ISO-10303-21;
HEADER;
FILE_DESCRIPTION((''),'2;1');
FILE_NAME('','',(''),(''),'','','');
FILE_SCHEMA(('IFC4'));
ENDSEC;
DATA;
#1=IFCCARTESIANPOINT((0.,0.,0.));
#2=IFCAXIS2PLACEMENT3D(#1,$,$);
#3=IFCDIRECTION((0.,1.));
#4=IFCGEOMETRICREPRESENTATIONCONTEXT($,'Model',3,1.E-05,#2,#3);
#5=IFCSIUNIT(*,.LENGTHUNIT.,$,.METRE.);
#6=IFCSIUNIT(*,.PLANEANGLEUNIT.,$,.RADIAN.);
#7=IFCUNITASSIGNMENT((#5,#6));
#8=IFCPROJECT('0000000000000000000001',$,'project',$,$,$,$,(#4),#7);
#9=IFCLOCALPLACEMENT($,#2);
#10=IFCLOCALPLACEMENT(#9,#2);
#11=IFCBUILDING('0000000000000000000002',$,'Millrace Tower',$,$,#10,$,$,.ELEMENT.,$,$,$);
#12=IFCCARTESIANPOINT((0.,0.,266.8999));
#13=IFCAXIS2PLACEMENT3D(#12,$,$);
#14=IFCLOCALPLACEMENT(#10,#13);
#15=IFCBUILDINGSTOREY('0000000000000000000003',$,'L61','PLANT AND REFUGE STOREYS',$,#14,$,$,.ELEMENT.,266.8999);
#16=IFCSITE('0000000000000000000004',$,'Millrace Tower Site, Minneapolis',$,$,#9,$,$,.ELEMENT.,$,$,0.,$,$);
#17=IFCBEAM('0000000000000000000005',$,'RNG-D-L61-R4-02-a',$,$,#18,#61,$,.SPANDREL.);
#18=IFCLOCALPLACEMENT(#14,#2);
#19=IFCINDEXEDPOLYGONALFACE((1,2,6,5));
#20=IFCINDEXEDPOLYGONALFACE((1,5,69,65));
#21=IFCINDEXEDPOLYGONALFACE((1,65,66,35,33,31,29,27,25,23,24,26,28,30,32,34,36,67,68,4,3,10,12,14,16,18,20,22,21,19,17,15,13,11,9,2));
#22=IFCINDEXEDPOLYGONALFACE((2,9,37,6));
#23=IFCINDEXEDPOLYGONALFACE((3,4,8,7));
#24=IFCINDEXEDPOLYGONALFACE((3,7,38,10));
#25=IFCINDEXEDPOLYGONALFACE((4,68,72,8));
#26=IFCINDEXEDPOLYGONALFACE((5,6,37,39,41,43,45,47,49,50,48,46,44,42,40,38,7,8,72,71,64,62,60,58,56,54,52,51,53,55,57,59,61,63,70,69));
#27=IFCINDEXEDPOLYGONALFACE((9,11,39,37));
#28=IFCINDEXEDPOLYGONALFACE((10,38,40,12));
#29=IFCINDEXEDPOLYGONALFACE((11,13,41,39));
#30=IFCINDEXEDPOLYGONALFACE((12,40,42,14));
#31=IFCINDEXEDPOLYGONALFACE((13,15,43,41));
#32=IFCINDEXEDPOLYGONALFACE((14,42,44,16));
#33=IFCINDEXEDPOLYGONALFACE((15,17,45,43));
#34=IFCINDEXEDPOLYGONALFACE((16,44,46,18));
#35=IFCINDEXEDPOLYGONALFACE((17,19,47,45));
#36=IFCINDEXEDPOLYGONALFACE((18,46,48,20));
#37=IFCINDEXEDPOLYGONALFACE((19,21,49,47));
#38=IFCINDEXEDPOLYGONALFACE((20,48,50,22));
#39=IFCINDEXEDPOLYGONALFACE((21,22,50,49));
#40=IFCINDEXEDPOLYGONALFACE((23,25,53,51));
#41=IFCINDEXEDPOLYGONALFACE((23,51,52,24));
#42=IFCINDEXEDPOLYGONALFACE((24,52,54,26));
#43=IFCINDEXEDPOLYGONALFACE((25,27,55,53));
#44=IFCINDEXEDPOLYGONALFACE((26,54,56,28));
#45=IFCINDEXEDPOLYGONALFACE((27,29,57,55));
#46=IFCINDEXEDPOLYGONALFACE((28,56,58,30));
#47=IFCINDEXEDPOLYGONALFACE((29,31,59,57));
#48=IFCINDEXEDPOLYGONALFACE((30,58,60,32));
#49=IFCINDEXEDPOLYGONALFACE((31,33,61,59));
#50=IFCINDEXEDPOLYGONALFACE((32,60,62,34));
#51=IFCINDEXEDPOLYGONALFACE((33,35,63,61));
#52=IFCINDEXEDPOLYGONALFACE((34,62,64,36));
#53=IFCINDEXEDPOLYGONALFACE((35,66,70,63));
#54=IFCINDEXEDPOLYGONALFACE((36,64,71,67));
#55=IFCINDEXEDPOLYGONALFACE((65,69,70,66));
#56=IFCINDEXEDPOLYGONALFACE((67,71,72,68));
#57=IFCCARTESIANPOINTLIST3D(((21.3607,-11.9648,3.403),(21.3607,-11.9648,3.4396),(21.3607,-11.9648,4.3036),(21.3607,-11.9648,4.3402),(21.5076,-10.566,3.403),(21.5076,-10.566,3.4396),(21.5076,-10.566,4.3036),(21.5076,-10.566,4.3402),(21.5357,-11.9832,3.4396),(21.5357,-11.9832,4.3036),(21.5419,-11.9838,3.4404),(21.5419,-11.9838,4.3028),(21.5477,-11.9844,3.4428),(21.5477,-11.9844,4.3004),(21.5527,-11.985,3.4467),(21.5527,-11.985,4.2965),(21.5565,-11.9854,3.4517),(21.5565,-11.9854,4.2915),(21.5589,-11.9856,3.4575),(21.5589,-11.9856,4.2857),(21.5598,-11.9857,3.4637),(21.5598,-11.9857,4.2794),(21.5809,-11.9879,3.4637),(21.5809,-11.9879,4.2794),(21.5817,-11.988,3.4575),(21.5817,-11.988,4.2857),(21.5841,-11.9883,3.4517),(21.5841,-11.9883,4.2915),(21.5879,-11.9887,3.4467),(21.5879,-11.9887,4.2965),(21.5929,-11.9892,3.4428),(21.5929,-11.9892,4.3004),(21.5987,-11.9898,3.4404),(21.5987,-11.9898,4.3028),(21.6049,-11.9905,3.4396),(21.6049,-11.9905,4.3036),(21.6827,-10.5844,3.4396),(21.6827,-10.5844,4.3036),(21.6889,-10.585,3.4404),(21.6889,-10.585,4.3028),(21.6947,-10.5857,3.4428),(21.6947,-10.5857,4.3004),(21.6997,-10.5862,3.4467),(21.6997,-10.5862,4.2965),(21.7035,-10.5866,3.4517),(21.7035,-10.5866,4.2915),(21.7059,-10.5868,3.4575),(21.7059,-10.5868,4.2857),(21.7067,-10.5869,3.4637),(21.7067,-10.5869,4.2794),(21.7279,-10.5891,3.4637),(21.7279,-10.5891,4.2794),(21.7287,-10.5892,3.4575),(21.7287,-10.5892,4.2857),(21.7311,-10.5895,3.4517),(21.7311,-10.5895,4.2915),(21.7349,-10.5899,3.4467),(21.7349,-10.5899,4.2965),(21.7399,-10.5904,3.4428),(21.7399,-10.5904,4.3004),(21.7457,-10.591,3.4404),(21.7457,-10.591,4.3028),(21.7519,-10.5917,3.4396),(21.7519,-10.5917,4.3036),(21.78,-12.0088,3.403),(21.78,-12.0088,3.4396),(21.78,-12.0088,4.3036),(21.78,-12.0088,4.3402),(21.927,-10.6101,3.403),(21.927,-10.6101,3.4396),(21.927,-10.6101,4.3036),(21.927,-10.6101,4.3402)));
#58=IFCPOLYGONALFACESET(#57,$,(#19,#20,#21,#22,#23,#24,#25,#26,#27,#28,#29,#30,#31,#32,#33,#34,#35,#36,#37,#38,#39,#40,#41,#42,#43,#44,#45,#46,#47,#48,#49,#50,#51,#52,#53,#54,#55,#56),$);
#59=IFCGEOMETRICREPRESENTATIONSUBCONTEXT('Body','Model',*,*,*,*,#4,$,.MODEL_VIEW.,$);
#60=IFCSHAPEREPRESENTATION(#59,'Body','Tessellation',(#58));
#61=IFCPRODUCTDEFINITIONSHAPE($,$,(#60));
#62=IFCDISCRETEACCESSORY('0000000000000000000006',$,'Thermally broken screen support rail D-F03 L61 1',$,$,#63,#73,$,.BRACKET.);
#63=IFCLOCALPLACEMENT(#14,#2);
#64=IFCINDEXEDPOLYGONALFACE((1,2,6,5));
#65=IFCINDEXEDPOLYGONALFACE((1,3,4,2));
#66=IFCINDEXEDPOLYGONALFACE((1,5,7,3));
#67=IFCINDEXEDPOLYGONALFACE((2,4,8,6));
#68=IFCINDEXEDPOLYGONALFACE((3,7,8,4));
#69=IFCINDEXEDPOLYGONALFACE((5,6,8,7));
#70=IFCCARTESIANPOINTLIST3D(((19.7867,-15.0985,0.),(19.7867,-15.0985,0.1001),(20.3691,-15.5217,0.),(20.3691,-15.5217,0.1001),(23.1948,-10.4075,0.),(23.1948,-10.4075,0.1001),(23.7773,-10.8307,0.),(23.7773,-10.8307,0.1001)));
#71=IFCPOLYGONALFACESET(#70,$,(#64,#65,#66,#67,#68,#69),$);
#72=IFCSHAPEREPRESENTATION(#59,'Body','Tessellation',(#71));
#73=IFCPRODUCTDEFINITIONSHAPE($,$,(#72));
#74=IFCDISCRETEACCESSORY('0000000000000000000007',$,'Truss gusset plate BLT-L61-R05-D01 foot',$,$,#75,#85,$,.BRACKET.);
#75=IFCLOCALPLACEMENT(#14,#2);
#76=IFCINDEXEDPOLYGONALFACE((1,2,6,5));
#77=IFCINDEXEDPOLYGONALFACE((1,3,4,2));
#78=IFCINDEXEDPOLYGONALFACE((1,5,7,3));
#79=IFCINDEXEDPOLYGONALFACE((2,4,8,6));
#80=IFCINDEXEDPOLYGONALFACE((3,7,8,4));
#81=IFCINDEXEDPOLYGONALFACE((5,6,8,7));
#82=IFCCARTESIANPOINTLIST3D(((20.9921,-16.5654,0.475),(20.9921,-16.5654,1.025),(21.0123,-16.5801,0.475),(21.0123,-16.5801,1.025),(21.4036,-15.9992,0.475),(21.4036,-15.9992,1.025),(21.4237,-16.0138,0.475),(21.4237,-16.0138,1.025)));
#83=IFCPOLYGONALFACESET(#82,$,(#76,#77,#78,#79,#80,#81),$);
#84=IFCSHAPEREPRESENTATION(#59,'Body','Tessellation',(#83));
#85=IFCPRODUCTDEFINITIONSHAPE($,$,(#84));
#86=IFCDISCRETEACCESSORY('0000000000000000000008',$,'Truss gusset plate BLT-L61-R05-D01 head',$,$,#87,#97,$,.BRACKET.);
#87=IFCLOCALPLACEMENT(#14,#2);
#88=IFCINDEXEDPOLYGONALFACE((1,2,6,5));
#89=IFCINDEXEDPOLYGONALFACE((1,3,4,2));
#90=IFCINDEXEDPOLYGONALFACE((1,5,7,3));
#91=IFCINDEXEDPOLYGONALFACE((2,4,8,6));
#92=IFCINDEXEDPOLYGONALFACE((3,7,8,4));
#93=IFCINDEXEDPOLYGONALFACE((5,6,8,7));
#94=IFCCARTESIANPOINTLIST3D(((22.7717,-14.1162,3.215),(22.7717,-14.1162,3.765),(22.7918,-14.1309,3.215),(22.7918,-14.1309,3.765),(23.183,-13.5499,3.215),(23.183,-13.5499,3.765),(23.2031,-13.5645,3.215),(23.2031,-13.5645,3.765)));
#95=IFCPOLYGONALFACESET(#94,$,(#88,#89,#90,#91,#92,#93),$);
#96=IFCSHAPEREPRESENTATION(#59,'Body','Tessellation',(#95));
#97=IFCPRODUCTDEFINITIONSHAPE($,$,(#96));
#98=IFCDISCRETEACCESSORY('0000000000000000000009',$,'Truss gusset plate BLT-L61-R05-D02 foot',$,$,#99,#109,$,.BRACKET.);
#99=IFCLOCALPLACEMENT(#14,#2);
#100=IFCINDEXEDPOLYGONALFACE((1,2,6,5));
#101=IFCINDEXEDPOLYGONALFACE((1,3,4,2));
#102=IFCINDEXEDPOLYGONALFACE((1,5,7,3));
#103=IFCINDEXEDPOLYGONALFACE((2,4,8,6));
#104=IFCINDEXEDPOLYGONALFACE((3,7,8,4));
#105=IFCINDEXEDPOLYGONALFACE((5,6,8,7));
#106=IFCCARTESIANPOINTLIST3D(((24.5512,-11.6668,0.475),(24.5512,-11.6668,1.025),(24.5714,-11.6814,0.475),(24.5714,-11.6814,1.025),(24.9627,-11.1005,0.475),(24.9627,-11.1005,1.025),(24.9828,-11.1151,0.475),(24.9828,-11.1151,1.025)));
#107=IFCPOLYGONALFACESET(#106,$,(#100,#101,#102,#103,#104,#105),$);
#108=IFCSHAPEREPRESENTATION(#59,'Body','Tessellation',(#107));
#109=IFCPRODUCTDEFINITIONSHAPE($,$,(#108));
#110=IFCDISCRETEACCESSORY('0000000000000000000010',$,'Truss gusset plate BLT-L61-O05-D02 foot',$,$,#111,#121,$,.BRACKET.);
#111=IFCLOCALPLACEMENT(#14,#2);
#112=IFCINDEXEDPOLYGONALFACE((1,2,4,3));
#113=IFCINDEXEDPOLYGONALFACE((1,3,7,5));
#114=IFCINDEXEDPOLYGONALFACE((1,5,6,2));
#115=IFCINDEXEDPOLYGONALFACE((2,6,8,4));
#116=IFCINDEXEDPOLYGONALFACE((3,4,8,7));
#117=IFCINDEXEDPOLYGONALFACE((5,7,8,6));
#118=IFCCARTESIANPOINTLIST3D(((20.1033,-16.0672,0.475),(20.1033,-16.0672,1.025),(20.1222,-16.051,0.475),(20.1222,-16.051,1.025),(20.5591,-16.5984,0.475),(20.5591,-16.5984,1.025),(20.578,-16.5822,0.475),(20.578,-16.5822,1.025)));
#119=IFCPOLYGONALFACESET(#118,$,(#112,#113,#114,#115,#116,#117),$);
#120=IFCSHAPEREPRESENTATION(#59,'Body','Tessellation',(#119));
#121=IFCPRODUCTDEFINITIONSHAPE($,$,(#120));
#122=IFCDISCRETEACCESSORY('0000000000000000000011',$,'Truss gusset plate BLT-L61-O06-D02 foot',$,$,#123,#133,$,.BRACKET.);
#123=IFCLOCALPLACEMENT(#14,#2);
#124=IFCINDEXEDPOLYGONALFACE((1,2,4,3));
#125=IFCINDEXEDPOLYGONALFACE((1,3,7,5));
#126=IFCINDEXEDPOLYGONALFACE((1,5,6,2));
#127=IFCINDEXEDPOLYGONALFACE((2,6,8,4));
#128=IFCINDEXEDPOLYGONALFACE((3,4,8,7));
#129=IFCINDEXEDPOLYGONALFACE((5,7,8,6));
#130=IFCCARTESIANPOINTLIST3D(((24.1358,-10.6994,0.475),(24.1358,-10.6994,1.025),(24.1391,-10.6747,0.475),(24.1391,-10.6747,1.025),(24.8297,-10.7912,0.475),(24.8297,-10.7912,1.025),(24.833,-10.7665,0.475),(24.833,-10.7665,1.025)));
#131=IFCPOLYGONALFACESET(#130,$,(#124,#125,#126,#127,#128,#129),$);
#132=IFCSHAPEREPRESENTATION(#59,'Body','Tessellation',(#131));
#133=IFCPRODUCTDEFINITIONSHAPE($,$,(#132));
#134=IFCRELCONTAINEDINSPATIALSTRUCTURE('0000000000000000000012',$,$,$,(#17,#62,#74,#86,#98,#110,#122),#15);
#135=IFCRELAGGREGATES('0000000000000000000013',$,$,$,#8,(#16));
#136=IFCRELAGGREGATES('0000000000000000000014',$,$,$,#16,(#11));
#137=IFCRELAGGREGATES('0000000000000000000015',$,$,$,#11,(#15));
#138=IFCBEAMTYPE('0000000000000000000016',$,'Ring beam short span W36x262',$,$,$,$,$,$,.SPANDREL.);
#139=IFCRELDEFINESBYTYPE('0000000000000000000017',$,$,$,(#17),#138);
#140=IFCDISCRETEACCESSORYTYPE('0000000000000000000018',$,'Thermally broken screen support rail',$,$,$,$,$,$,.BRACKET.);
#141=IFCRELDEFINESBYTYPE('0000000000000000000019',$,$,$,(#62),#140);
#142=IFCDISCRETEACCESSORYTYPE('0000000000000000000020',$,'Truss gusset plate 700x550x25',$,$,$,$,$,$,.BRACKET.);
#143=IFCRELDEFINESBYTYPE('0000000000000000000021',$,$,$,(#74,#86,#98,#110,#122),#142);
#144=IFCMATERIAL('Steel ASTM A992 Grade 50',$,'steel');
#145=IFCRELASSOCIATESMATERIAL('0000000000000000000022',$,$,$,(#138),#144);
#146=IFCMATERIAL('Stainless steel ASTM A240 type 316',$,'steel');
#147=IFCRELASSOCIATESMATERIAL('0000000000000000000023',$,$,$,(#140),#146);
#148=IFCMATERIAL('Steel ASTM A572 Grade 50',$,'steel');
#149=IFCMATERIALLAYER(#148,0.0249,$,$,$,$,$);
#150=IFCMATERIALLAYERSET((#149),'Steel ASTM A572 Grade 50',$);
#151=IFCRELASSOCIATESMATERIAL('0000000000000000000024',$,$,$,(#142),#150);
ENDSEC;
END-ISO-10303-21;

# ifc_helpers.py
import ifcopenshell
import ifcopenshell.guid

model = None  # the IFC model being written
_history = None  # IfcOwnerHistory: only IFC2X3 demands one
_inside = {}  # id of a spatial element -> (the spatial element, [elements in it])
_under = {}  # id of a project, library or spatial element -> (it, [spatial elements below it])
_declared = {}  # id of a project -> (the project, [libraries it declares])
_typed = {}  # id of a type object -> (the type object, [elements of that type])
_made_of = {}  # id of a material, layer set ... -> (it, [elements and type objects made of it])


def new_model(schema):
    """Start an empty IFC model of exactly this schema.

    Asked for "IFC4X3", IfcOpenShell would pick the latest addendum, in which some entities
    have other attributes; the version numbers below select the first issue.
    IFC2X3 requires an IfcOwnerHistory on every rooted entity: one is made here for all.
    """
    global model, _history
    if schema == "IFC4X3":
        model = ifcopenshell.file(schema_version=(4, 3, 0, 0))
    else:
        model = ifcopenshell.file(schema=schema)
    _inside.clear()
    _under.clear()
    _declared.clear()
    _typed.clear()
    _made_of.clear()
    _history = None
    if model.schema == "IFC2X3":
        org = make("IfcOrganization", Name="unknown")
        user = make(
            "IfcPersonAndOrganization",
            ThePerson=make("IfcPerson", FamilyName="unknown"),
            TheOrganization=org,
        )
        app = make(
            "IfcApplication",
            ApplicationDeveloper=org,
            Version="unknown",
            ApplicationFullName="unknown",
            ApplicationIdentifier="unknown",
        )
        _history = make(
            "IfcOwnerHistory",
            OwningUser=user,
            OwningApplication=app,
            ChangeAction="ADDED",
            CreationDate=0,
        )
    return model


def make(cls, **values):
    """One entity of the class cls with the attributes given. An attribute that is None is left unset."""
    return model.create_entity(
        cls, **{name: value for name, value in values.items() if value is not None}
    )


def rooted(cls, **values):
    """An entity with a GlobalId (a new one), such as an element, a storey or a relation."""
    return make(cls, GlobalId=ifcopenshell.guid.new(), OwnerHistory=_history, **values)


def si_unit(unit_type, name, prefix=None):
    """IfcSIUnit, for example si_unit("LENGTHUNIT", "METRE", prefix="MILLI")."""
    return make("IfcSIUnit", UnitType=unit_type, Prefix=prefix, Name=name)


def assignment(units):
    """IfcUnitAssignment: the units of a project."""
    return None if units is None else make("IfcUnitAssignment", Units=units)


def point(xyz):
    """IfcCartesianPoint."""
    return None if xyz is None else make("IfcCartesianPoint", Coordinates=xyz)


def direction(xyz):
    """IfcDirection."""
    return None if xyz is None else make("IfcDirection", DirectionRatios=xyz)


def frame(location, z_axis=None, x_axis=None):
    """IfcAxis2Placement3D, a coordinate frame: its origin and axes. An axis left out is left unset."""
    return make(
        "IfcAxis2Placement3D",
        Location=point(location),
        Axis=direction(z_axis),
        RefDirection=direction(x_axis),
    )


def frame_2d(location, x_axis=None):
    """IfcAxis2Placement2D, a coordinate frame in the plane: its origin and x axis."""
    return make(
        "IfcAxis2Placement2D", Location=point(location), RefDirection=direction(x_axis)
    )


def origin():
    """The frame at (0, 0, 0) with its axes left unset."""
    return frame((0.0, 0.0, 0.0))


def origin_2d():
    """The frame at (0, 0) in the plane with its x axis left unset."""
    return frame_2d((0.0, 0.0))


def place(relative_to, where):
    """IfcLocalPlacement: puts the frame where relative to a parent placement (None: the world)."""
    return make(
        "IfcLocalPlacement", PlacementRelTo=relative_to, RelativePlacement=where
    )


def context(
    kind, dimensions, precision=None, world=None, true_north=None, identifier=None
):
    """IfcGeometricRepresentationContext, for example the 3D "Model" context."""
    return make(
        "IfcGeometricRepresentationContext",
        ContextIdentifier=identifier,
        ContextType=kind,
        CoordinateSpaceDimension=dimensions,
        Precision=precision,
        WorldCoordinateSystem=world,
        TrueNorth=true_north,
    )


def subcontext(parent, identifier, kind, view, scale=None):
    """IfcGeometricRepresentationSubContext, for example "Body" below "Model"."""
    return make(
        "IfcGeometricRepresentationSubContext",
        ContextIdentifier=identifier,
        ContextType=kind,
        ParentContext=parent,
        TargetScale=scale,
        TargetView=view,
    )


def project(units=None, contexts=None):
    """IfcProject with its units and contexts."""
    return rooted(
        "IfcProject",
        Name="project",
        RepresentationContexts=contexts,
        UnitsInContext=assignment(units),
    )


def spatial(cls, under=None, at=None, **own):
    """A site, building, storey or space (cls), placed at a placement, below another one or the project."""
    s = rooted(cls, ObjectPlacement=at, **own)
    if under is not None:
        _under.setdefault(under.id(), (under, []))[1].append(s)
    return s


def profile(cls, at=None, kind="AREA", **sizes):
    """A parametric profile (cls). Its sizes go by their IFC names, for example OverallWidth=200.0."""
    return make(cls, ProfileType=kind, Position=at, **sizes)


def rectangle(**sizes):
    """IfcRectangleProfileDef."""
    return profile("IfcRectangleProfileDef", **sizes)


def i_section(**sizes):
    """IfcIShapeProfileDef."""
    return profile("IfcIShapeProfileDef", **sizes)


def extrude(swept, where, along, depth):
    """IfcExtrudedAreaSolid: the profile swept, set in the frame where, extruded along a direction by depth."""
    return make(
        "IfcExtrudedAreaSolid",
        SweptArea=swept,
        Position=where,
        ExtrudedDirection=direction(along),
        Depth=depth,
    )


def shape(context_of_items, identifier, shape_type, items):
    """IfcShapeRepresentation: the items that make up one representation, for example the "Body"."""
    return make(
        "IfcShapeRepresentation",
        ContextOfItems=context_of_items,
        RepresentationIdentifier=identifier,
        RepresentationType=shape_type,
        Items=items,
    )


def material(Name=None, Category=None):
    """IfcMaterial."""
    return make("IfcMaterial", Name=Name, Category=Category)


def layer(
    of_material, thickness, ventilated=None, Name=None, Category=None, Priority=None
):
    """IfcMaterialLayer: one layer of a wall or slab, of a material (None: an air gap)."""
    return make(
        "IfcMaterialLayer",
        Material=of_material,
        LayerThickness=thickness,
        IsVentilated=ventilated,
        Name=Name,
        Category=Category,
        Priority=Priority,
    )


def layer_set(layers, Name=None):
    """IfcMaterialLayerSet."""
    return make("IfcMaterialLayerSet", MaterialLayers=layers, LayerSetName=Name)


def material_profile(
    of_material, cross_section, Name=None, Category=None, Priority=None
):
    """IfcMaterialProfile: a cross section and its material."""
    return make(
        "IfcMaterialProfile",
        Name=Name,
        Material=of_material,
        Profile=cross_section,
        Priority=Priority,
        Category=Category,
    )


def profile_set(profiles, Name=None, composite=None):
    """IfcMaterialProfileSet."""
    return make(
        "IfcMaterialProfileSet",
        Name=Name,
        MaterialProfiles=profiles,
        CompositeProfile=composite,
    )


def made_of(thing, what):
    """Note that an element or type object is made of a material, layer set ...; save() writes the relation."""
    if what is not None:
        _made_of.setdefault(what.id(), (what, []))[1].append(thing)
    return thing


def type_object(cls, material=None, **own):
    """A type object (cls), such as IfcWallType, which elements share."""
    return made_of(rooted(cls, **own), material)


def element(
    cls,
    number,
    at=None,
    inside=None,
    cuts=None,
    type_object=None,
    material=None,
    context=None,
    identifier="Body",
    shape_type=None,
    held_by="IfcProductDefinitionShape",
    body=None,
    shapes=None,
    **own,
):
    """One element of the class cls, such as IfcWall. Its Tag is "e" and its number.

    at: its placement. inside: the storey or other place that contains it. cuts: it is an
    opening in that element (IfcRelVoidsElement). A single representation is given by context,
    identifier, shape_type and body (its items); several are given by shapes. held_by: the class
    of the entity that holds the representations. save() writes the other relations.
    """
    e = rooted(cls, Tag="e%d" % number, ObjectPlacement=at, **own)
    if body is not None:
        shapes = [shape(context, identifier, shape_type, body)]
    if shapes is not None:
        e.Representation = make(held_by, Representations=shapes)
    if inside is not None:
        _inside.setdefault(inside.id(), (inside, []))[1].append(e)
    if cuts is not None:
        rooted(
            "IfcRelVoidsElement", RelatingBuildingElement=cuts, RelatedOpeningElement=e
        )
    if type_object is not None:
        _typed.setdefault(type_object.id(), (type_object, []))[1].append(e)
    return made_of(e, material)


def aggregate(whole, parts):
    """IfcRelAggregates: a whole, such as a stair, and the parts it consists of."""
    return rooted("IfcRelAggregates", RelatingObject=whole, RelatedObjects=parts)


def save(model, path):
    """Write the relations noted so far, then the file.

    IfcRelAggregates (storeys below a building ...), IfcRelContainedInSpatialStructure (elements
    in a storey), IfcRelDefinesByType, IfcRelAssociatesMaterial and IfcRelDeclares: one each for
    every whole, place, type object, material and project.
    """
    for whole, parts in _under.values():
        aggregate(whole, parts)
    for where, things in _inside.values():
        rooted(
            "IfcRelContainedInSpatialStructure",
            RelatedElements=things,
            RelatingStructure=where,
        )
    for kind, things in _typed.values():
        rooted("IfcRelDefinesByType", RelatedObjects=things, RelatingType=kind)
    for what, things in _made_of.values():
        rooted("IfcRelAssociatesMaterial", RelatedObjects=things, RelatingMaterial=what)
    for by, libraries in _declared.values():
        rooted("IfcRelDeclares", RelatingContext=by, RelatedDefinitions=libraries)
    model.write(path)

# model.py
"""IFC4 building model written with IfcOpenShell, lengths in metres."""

from ifc_helpers import new_model, si_unit, direction, frame, origin, origin_2d, place, context, subcontext, project, spatial, rectangle, i_section, extrude, material, layer, layer_set, material_profile, profile_set, type_object, element, save


model = new_model("IFC4")

# Units and contexts
model_context = context("Model", 3, precision=1e-05, world=origin(), true_north=direction((0.0, 1.0)))
body_context = subcontext(model_context, "Body", "Model", "MODEL_VIEW")
ifc_project = project(units=[si_unit("LENGTHUNIT", "METRE"), si_unit("PLANEANGLEUNIT", "RADIAN")], contexts=[model_context])

# Site, building, storey
site_placement = place(None, origin())
site = spatial("IfcSite", under=ifc_project, at=site_placement, Name="Millrace Tower Site, Minneapolis", CompositionType="ELEMENT", RefElevation=0.0)
building_placement = place(site_placement, origin())
building = spatial("IfcBuilding", under=site, at=building_placement, Name="Millrace Tower", CompositionType="ELEMENT")
storey_placement = place(building_placement, frame((0.0, 0.0, 266.8999)))
storey = spatial("IfcBuildingStorey", under=building, at=storey_placement, Name="L61", Description="PLANT AND REFUGE STOREYS", CompositionType="ELEMENT", Elevation=266.8999)

# Beam
ifc_material_1 = material(Name="Steel ASTM A992 Grade 50", Category="steel")
ifc_material_profile_1 = material_profile(ifc_material_1, i_section(OverallWidth=0.4216, OverallDepth=0.9373, WebThickness=0.0212, FlangeThickness=0.0366, FilletRadius=0.0242, at=origin_2d()))
ifc_profile_set_1 = profile_set([ifc_material_profile_1], Name="Steel ASTM A992 Grade 50")
beam_type_1 = type_object("IfcBeamType", Name="Ring beam short span W36x262", PredefinedType="SPANDREL", material=ifc_profile_set_1)
beam_1_placement = place(storey_placement, frame((21.5703, -11.9868, 3.8716), z_axis=(0.104504, 0.994524, 0.0), x_axis=(-0.994524, 0.104504, 0.0)))
element("IfcBeam", 1, at=beam_1_placement, inside=storey, type_object=beam_type_1, Name="RNG-D-L61-R4-02-a", PredefinedType="SPANDREL", context=body_context, shape_type="SweptSolid", body=[
    extrude(i_section(OverallWidth=0.4216, OverallDepth=0.9373, WebThickness=0.0212, FlangeThickness=0.0366, FilletRadius=0.0242, at=origin_2d()), origin(), (0.0, 0.0, 1.0), 1.4065),
])

# Discrete accessories
ifc_material_2 = material(Name="Stainless steel ASTM A240 type 316", Category="steel")
discrete_accessory_type_1 = type_object("IfcDiscreteAccessoryType", Name="Thermally broken screen support rail", PredefinedType="BRACKET", material=ifc_material_2)
discrete_accessory_placement = place(storey_placement, frame((21.782, -12.9646, 0.0), z_axis=(0.0, 0.0, 1.0), x_axis=(0.587785, 0.809017, 0.0)))
element("IfcDiscreteAccessory", 2, at=discrete_accessory_placement, inside=storey, type_object=discrete_accessory_type_1, Name="Thermally broken screen support rail D-F03 L61 1", PredefinedType="BRACKET", context=body_context, shape_type="SweptSolid", body=[
    extrude(rectangle(XDim=5.7983, YDim=0.72, at=origin_2d()), origin(), (0.0, 0.0, 1.0), 0.1001),
])
ifc_material_3 = material(Name="Steel ASTM A572 Grade 50", Category="steel")
ifc_layer_1 = layer(ifc_material_3, 0.0249)
ifc_layer_set_1 = layer_set([ifc_layer_1], Name="Steel ASTM A572 Grade 50")
discrete_accessory_type_2 = type_object("IfcDiscreteAccessoryType", Name="Truss gusset plate 700x550x25", PredefinedType="BRACKET", material=ifc_layer_set_1)
for number, where, z_axis, x_axis, name in (
    (3, (21.0022, -16.5728, 0.75), (0.587819, 0.808992, 0.0), (-0.808992, 0.587819, 0.0), "Truss gusset plate BLT-L61-R05-D01 foot"),
    (4, (22.7817, -14.1235, 3.49), (0.587653, 0.809113, 0.0), (-0.809113, 0.587653, 0.0), "Truss gusset plate BLT-L61-R05-D01 head"),
    (5, (24.5613, -11.6741, 0.75), (0.587819, 0.808992, 0.0), (-0.808992, 0.587819, 0.0), "Truss gusset plate BLT-L61-R05-D02 foot"),
    (6, (20.1128, -16.0591, 0.75), (0.651165, -0.758936, 0.0), (0.758936, 0.651165, 0.0), "Truss gusset plate BLT-L61-O05-D02 foot"),
    (7, (24.1375, -10.687, 0.75), (0.991361, -0.131158, 0.0), (0.131158, 0.991361, 0.0), "Truss gusset plate BLT-L61-O06-D02 foot"),
):
    element("IfcDiscreteAccessory", number, at=place(storey_placement, frame(where, z_axis=z_axis, x_axis=x_axis)), inside=storey, type_object=discrete_accessory_type_2, Name=name, PredefinedType="BRACKET", context=body_context, shape_type="SweptSolid", body=[
        extrude(rectangle(XDim=0.0249, YDim=0.55, at=origin_2d()), origin(), (0.0, 0.0, 1.0), 0.7),
    ])

save(model, "model.ifc")
